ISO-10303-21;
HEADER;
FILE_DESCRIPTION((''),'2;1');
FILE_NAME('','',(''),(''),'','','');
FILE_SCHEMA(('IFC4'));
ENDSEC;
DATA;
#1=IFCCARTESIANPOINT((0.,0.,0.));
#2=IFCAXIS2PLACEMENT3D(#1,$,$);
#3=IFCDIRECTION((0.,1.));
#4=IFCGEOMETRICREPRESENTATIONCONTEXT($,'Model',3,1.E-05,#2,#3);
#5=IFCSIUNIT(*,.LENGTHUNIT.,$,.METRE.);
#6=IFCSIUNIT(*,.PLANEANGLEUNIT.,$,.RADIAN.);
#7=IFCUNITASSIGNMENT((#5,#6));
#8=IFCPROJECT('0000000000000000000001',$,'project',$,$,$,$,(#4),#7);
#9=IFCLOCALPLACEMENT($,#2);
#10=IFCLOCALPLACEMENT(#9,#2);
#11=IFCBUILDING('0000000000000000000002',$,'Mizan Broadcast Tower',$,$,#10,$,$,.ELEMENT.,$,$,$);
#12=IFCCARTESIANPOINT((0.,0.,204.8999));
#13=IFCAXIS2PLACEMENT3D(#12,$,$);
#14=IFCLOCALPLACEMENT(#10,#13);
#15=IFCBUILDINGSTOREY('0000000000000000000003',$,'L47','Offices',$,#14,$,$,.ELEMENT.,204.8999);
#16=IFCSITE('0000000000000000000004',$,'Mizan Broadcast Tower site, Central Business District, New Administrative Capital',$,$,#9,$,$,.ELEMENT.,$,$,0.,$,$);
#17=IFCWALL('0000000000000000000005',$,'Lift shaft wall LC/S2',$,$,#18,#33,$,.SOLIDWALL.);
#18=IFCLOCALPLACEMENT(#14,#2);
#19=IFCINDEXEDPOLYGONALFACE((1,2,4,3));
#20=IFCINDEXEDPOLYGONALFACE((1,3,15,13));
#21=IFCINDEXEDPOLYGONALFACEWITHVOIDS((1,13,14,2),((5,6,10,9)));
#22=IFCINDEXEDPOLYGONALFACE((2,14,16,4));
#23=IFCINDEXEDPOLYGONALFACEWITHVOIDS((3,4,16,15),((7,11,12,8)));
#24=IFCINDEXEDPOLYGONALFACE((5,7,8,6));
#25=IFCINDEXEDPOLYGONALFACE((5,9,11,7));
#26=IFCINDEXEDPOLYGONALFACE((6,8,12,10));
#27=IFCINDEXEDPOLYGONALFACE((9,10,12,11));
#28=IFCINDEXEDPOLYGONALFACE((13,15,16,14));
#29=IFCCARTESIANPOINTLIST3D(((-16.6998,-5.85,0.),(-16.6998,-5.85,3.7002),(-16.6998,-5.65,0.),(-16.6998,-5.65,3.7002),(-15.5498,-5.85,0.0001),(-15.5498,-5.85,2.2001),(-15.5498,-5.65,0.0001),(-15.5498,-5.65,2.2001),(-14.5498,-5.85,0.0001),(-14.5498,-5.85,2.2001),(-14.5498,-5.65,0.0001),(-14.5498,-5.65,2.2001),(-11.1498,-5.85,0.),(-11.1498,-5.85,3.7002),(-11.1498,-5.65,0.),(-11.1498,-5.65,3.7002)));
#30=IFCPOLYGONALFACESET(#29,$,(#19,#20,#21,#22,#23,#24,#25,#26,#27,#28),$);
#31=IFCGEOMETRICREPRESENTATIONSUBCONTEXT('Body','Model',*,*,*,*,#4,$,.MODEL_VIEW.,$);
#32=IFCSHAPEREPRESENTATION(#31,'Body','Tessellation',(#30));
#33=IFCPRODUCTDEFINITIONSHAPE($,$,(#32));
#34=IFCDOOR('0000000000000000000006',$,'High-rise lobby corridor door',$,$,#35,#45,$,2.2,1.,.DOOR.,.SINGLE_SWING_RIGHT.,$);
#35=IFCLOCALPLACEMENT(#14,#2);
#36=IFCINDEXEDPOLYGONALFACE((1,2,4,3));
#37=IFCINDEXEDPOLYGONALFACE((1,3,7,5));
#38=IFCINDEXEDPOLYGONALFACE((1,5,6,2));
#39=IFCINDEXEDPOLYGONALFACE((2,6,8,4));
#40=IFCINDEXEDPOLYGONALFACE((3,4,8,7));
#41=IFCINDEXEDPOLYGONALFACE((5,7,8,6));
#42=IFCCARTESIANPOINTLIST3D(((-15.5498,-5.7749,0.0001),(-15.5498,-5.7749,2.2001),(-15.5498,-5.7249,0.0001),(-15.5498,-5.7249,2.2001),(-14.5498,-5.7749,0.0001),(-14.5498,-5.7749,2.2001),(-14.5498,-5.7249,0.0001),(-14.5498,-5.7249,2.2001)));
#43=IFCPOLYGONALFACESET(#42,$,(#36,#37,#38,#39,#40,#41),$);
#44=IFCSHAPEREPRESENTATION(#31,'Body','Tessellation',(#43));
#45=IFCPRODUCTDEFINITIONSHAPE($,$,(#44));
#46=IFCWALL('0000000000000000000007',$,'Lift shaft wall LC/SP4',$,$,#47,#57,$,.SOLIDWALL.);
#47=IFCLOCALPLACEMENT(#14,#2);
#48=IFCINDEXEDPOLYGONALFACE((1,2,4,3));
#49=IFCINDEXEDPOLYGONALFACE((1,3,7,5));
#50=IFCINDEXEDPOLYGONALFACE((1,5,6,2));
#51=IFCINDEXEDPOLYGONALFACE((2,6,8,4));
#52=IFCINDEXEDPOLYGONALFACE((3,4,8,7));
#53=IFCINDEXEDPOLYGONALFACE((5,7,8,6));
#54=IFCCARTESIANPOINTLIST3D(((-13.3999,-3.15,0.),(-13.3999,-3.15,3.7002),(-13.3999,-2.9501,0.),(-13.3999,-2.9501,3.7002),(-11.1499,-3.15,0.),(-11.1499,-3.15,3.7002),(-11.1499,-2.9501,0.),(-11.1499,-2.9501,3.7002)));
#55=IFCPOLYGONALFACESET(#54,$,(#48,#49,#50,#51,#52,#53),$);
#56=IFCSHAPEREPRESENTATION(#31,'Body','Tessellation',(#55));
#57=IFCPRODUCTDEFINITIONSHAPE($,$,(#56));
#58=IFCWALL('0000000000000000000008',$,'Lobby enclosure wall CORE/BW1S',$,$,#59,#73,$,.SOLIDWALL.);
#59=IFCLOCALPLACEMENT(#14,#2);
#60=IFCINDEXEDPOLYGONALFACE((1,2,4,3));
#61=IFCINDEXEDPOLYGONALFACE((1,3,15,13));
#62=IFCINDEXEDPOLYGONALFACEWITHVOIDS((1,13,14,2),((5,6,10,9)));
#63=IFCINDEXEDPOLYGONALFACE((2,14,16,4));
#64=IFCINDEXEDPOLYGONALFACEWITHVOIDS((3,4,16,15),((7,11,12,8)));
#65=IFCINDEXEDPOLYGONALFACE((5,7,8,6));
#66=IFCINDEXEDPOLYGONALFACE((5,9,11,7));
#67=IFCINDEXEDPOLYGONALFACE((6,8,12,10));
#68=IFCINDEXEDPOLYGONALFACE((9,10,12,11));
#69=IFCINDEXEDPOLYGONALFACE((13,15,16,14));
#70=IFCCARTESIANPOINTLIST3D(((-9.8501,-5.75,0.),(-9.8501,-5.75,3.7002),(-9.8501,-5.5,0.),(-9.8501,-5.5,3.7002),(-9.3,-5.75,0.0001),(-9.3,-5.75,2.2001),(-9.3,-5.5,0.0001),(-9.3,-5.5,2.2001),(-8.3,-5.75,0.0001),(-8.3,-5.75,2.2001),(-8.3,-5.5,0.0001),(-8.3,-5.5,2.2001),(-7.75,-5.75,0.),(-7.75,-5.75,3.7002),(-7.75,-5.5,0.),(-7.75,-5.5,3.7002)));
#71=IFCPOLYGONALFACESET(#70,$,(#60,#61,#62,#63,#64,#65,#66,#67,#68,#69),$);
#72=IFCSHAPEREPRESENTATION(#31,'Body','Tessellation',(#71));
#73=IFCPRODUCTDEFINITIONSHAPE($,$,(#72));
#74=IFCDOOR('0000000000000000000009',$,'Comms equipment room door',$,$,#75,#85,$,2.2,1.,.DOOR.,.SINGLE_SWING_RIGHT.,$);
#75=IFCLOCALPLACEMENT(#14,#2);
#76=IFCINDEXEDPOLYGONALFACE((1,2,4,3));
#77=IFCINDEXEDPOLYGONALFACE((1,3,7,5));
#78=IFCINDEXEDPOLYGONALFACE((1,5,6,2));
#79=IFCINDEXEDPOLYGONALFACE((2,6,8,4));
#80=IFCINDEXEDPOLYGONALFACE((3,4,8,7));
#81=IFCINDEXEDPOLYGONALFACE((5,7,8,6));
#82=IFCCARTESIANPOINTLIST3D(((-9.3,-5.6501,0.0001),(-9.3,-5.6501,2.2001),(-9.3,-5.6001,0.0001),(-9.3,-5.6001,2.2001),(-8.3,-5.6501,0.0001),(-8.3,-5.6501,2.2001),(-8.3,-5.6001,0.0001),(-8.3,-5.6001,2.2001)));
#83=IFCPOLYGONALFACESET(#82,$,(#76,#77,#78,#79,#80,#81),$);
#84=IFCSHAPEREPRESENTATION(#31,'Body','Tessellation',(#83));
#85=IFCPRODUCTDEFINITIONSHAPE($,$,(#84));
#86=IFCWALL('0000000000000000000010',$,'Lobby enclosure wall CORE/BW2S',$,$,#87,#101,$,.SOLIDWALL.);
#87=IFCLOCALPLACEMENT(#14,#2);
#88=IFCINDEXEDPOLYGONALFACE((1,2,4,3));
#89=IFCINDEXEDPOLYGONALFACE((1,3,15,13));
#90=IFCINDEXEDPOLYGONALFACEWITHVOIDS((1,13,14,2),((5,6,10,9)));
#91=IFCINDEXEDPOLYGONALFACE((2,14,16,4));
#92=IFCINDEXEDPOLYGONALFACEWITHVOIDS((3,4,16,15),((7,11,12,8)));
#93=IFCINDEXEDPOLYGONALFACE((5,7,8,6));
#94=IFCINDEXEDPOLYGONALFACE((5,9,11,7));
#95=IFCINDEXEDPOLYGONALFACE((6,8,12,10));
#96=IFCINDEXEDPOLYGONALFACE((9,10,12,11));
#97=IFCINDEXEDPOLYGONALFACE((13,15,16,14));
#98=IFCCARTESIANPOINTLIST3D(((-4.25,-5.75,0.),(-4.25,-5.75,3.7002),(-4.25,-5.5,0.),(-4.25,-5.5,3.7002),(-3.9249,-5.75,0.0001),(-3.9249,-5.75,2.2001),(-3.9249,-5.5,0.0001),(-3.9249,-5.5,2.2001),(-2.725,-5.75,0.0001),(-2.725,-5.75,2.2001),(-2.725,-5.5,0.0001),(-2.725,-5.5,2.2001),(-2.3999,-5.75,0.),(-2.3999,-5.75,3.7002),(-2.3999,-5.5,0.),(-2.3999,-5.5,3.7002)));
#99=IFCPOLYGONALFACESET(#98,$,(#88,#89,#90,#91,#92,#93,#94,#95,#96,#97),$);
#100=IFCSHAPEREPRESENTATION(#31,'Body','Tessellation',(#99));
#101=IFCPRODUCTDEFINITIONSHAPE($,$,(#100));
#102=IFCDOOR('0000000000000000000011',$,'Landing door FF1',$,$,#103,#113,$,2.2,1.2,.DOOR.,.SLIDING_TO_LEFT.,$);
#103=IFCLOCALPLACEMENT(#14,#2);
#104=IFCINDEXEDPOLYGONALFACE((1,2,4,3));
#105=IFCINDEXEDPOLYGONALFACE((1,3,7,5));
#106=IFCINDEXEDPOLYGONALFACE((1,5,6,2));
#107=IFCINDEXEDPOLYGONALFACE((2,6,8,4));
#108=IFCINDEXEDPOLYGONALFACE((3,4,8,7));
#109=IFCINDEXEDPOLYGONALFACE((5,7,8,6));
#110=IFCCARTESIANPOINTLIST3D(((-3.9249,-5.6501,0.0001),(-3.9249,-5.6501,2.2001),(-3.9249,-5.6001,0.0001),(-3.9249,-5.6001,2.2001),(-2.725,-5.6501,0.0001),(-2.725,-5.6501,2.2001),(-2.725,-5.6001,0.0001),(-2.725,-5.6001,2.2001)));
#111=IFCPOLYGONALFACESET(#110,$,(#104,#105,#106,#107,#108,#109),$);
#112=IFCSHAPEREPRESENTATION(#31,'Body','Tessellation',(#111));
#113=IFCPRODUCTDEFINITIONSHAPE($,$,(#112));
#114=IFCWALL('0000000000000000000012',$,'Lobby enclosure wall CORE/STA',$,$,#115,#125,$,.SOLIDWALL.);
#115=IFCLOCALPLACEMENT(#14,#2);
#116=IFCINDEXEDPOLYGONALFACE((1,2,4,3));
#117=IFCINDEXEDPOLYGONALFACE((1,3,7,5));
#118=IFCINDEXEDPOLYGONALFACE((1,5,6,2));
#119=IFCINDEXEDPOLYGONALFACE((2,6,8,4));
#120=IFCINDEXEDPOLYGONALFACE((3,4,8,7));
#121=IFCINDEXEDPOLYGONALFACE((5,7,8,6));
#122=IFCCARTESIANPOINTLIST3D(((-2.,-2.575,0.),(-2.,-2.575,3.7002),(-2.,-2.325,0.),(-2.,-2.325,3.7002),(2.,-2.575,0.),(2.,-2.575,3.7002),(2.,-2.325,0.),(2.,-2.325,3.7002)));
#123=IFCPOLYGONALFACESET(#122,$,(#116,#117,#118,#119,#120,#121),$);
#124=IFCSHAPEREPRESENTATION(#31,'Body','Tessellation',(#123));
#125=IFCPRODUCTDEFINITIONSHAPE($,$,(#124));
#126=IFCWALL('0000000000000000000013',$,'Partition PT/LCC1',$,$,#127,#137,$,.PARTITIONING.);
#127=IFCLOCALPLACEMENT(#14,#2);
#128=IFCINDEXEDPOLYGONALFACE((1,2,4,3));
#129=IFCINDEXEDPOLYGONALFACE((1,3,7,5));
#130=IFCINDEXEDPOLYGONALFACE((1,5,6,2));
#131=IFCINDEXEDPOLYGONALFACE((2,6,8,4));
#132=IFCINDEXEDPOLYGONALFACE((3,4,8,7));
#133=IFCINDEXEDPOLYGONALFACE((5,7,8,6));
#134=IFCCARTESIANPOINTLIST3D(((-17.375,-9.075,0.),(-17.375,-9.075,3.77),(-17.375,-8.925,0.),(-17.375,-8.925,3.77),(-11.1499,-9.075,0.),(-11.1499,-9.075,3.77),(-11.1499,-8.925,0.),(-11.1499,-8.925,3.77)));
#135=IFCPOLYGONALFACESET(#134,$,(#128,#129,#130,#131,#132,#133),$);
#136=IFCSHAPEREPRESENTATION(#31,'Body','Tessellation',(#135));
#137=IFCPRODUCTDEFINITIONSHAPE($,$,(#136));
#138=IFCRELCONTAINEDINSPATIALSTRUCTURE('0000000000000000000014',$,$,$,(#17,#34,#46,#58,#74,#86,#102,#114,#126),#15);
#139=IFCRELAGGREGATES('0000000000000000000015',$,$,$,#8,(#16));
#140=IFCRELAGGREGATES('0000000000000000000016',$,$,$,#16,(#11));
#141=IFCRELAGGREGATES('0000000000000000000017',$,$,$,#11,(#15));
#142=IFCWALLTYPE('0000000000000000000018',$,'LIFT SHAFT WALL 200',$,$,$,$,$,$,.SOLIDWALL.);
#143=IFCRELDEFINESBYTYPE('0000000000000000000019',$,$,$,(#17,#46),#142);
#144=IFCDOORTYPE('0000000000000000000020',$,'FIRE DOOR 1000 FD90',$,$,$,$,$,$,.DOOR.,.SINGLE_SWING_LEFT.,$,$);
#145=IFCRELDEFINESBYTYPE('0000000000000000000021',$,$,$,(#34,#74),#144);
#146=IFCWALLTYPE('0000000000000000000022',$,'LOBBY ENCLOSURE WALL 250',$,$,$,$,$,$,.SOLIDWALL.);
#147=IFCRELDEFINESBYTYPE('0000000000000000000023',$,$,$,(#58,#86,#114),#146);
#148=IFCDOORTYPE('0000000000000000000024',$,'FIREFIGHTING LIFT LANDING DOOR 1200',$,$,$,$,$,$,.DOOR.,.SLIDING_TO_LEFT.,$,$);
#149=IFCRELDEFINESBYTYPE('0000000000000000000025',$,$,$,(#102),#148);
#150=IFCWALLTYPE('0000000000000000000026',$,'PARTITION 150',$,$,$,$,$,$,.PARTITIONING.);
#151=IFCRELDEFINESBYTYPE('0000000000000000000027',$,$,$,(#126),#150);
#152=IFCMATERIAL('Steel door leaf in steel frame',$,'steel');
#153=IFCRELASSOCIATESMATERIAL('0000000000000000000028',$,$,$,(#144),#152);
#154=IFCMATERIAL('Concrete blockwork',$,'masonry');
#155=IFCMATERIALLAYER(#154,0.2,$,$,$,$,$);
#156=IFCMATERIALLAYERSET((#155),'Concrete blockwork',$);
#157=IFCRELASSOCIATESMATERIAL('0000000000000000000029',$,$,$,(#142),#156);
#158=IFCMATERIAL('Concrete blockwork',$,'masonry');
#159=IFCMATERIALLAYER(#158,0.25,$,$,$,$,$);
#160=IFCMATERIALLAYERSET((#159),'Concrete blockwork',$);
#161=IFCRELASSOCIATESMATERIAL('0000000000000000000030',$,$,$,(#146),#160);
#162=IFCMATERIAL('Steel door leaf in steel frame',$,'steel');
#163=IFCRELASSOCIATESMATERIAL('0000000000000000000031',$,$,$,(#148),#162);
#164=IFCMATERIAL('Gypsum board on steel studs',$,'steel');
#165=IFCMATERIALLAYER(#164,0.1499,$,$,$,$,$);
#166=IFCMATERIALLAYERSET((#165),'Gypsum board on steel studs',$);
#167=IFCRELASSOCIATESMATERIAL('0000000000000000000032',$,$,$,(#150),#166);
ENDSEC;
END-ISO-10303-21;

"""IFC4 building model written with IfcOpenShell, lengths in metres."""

from ifc_helpers import new_model, si_unit, direction, frame, frame_2d, origin, place, context, subcontext, project, spatial, rectangle, extrude, material, layer, layer_set, type_object, element, fill, save


model = new_model("IFC4")

# Units and contexts
model_context = context("Model", 3, precision=1e-05, world=origin(), true_north=direction((0.0, 1.0)))
body_context = subcontext(model_context, "Body", "Model", "MODEL_VIEW")
ifc_project = project(units=[si_unit("LENGTHUNIT", "METRE"), si_unit("PLANEANGLEUNIT", "RADIAN")], contexts=[model_context])

# Site, building, storey
site_placement = place(None, origin())
site = spatial("IfcSite", under=ifc_project, at=site_placement, Name="Mizan Broadcast Tower site, Central Business District, New Administrative Capital", CompositionType="ELEMENT", RefElevation=0.0)
building_placement = place(site_placement, origin())
building = spatial("IfcBuilding", under=site, at=building_placement, Name="Mizan Broadcast Tower", CompositionType="ELEMENT")
storey_placement = place(building_placement, frame((0.0, 0.0, 204.8999)))
storey = spatial("IfcBuildingStorey", under=building, at=storey_placement, Name="L47", Description="Offices", CompositionType="ELEMENT", Elevation=204.8999)

# Shared definitions
ifc_material_1 = material(Name="Steel door leaf in steel frame", Category="steel")
door_type_1 = type_object("IfcDoorType", Name="FIRE DOOR 1000 FD90", OperationType="SINGLE_SWING_LEFT", PredefinedType="DOOR", material=ifc_material_1)

# Shared definitions
ifc_material_2 = material(Name="Concrete blockwork", Category="masonry")
ifc_layer_1 = layer(ifc_material_2, 0.2)
ifc_layer_set_1 = layer_set([ifc_layer_1], Name="Concrete blockwork")
wall_type_1 = type_object("IfcWallType", Name="LIFT SHAFT WALL 200", PredefinedType="SOLIDWALL", material=ifc_layer_set_1)

# Wall, opening, door
wall_1_placement = place(storey_placement, frame((-11.1499, -5.75, 0.0), z_axis=(0.0, 0.0, 1.0), x_axis=(-1.0, 0.0, 0.0)))
wall_1 = element("IfcWall", 1, at=wall_1_placement, inside=storey, type_object=wall_type_1, Name="Lift shaft wall LC/S2", PredefinedType="SOLIDWALL", context=body_context, shape_type="SweptSolid", body=[
    extrude(rectangle(XDim=5.55, YDim=0.2, at=frame_2d((2.7749, 0.0))), origin(), (0.0, 0.0, 1.0), 3.7002),
])
opening_1_placement = place(wall_1_placement, frame((3.3999, 0.0, 0.0)))
opening_1 = element("IfcOpeningElement", 2, at=opening_1_placement, cuts=wall_1, PredefinedType="OPENING", context=body_context, shape_type="SweptSolid", body=[
    extrude(rectangle(XDim=1.0, YDim=2.2, at=frame_2d((0.5, 1.1001))), frame((0.0, 0.1099, 0.0), z_axis=(0.0, -1.0, 0.0), x_axis=(1.0, 0.0, 0.0)), (0.0, 0.0, 1.0), 0.22),
])
door_1_placement = place(opening_1_placement, origin())
door_1 = element("IfcDoor", 3, at=door_1_placement, inside=storey, type_object=door_type_1, Name="High-rise lobby corridor door", OperationType="SINGLE_SWING_RIGHT", OverallHeight=2.2, OverallWidth=1.0, PredefinedType="DOOR", context=body_context, shape_type="SweptSolid", body=[
    extrude(rectangle(XDim=1.0, YDim=2.2, at=frame_2d((0.5, 1.1001))), frame((0.0, 0.0249, 0.0), z_axis=(0.0, -1.0, 0.0), x_axis=(1.0, 0.0, 0.0)), (0.0, 0.0, 1.0), 0.05),
])
fill(opening_1, door_1)

# Wall
wall_2_placement = place(storey_placement, frame((-11.1499, -3.05, 0.0), z_axis=(0.0, 0.0, 1.0), x_axis=(-1.0, 0.0, 0.0)))
element("IfcWall", 4, at=wall_2_placement, inside=storey, type_object=wall_type_1, Name="Lift shaft wall LC/SP4", PredefinedType="SOLIDWALL", context=body_context, shape_type="SweptSolid", body=[
    extrude(rectangle(XDim=2.25, YDim=0.2, at=frame_2d((1.125, 0.0))), origin(), (0.0, 0.0, 1.0), 3.7002),
])

# Walls, openings, doors
ifc_material_3 = material(Name="Concrete blockwork", Category="masonry")
ifc_layer_2 = layer(ifc_material_3, 0.25)
ifc_layer_set_2 = layer_set([ifc_layer_2], Name="Concrete blockwork")
wall_type_2 = type_object("IfcWallType", Name="LOBBY ENCLOSURE WALL 250", PredefinedType="SOLIDWALL", material=ifc_layer_set_2)
wall_3_placement = place(storey_placement, frame((-9.8501, -5.625, 0.0), z_axis=(0.0, 0.0, 1.0), x_axis=(1.0, 0.0, 0.0)))
wall_3 = element("IfcWall", 5, at=wall_3_placement, inside=storey, type_object=wall_type_2, Name="Lobby enclosure wall CORE/BW1S", PredefinedType="SOLIDWALL", context=body_context, shape_type="SweptSolid", body=[
    extrude(rectangle(XDim=2.1001, YDim=0.25, at=frame_2d((1.05, 0.0))), origin(), (0.0, 0.0, 1.0), 3.7002),
])
opening_2_placement = place(wall_3_placement, frame((0.55, 0.0, 0.0)))
opening_2 = element("IfcOpeningElement", 6, at=opening_2_placement, cuts=wall_3, PredefinedType="OPENING", context=body_context, shape_type="SweptSolid", body=[
    extrude(rectangle(XDim=1.0, YDim=2.2, at=frame_2d((0.5, 1.1001))), frame((0.0, 0.135, 0.0), z_axis=(0.0, -1.0, 0.0), x_axis=(1.0, 0.0, 0.0)), (0.0, 0.0, 1.0), 0.27),
])
door_2_placement = place(opening_2_placement, origin())
door_2 = element("IfcDoor", 7, at=door_2_placement, inside=storey, type_object=door_type_1, Name="Comms equipment room door", OperationType="SINGLE_SWING_RIGHT", OverallHeight=2.2, OverallWidth=1.0, PredefinedType="DOOR", context=body_context, shape_type="SweptSolid", body=[
    extrude(rectangle(XDim=1.0, YDim=2.2, at=frame_2d((0.5, 1.1001))), frame((0.0, 0.0249, 0.0), z_axis=(0.0, -1.0, 0.0), x_axis=(1.0, 0.0, 0.0)), (0.0, 0.0, 1.0), 0.05),
])
fill(opening_2, door_2)
wall_4_placement = place(storey_placement, frame((-4.25, -5.625, 0.0), z_axis=(0.0, 0.0, 1.0), x_axis=(1.0, 0.0, 0.0)))
wall_4 = element("IfcWall", 8, at=wall_4_placement, inside=storey, type_object=wall_type_2, Name="Lobby enclosure wall CORE/BW2S", PredefinedType="SOLIDWALL", context=body_context, shape_type="SweptSolid", body=[
    extrude(rectangle(XDim=1.8501, YDim=0.25, at=frame_2d((0.925, 0.0))), origin(), (0.0, 0.0, 1.0), 3.7002),
])
opening_3_placement = place(wall_4_placement, frame((0.325, 0.0, 0.0)))
opening_3 = element("IfcOpeningElement", 9, at=opening_3_placement, cuts=wall_4, PredefinedType="OPENING", context=body_context, shape_type="SweptSolid", body=[
    extrude(rectangle(XDim=1.2, YDim=2.2, at=frame_2d((0.6001, 1.1001))), frame((0.0, 0.135, 0.0), z_axis=(0.0, -1.0, 0.0), x_axis=(1.0, 0.0, 0.0)), (0.0, 0.0, 1.0), 0.27),
])
ifc_material_4 = material(Name="Steel door leaf in steel frame", Category="steel")
door_type_2 = type_object("IfcDoorType", Name="FIREFIGHTING LIFT LANDING DOOR 1200", OperationType="SLIDING_TO_LEFT", PredefinedType="DOOR", material=ifc_material_4)
door_3_placement = place(opening_3_placement, origin())
door_3 = element("IfcDoor", 10, at=door_3_placement, inside=storey, type_object=door_type_2, Name="Landing door FF1", OperationType="SLIDING_TO_LEFT", OverallHeight=2.2, OverallWidth=1.2, PredefinedType="DOOR", context=body_context, shape_type="SweptSolid", body=[
    extrude(rectangle(XDim=1.2, YDim=2.2, at=frame_2d((0.6001, 1.1001))), frame((0.0, 0.0249, 0.0), z_axis=(0.0, -1.0, 0.0), x_axis=(1.0, 0.0, 0.0)), (0.0, 0.0, 1.0), 0.05),
])
fill(opening_3, door_3)

# Walls
wall_5_placement = place(storey_placement, frame((-2.0, -2.45, 0.0), z_axis=(0.0, 0.0, 1.0), x_axis=(1.0, 0.0, 0.0)))
element("IfcWall", 11, at=wall_5_placement, inside=storey, type_object=wall_type_2, Name="Lobby enclosure wall CORE/STA", PredefinedType="SOLIDWALL", context=body_context, shape_type="SweptSolid", body=[
    extrude(rectangle(XDim=4.0, YDim=0.25, at=frame_2d((2.0, 0.0))), origin(), (0.0, 0.0, 1.0), 3.7002),
])
ifc_material_5 = material(Name="Gypsum board on steel studs", Category="steel")
ifc_layer_3 = layer(ifc_material_5, 0.1499)
ifc_layer_set_3 = layer_set([ifc_layer_3], Name="Gypsum board on steel studs")
wall_type_3 = type_object("IfcWallType", Name="PARTITION 150", PredefinedType="PARTITIONING", material=ifc_layer_set_3)
wall_6_placement = place(storey_placement, frame((-11.1499, -9.0, 0.0), z_axis=(0.0, 0.0, 1.0), x_axis=(-1.0, 0.0, 0.0)))
element("IfcWall", 12, at=wall_6_placement, inside=storey, type_object=wall_type_3, Name="Partition PT/LCC1", PredefinedType="PARTITIONING", context=body_context, shape_type="SweptSolid", body=[
    extrude(rectangle(XDim=6.2251, YDim=0.1499, at=frame_2d((3.1125, 0.0))), origin(), (0.0, 0.0, 1.0), 3.77),
])

save(model, "model.ifc")
